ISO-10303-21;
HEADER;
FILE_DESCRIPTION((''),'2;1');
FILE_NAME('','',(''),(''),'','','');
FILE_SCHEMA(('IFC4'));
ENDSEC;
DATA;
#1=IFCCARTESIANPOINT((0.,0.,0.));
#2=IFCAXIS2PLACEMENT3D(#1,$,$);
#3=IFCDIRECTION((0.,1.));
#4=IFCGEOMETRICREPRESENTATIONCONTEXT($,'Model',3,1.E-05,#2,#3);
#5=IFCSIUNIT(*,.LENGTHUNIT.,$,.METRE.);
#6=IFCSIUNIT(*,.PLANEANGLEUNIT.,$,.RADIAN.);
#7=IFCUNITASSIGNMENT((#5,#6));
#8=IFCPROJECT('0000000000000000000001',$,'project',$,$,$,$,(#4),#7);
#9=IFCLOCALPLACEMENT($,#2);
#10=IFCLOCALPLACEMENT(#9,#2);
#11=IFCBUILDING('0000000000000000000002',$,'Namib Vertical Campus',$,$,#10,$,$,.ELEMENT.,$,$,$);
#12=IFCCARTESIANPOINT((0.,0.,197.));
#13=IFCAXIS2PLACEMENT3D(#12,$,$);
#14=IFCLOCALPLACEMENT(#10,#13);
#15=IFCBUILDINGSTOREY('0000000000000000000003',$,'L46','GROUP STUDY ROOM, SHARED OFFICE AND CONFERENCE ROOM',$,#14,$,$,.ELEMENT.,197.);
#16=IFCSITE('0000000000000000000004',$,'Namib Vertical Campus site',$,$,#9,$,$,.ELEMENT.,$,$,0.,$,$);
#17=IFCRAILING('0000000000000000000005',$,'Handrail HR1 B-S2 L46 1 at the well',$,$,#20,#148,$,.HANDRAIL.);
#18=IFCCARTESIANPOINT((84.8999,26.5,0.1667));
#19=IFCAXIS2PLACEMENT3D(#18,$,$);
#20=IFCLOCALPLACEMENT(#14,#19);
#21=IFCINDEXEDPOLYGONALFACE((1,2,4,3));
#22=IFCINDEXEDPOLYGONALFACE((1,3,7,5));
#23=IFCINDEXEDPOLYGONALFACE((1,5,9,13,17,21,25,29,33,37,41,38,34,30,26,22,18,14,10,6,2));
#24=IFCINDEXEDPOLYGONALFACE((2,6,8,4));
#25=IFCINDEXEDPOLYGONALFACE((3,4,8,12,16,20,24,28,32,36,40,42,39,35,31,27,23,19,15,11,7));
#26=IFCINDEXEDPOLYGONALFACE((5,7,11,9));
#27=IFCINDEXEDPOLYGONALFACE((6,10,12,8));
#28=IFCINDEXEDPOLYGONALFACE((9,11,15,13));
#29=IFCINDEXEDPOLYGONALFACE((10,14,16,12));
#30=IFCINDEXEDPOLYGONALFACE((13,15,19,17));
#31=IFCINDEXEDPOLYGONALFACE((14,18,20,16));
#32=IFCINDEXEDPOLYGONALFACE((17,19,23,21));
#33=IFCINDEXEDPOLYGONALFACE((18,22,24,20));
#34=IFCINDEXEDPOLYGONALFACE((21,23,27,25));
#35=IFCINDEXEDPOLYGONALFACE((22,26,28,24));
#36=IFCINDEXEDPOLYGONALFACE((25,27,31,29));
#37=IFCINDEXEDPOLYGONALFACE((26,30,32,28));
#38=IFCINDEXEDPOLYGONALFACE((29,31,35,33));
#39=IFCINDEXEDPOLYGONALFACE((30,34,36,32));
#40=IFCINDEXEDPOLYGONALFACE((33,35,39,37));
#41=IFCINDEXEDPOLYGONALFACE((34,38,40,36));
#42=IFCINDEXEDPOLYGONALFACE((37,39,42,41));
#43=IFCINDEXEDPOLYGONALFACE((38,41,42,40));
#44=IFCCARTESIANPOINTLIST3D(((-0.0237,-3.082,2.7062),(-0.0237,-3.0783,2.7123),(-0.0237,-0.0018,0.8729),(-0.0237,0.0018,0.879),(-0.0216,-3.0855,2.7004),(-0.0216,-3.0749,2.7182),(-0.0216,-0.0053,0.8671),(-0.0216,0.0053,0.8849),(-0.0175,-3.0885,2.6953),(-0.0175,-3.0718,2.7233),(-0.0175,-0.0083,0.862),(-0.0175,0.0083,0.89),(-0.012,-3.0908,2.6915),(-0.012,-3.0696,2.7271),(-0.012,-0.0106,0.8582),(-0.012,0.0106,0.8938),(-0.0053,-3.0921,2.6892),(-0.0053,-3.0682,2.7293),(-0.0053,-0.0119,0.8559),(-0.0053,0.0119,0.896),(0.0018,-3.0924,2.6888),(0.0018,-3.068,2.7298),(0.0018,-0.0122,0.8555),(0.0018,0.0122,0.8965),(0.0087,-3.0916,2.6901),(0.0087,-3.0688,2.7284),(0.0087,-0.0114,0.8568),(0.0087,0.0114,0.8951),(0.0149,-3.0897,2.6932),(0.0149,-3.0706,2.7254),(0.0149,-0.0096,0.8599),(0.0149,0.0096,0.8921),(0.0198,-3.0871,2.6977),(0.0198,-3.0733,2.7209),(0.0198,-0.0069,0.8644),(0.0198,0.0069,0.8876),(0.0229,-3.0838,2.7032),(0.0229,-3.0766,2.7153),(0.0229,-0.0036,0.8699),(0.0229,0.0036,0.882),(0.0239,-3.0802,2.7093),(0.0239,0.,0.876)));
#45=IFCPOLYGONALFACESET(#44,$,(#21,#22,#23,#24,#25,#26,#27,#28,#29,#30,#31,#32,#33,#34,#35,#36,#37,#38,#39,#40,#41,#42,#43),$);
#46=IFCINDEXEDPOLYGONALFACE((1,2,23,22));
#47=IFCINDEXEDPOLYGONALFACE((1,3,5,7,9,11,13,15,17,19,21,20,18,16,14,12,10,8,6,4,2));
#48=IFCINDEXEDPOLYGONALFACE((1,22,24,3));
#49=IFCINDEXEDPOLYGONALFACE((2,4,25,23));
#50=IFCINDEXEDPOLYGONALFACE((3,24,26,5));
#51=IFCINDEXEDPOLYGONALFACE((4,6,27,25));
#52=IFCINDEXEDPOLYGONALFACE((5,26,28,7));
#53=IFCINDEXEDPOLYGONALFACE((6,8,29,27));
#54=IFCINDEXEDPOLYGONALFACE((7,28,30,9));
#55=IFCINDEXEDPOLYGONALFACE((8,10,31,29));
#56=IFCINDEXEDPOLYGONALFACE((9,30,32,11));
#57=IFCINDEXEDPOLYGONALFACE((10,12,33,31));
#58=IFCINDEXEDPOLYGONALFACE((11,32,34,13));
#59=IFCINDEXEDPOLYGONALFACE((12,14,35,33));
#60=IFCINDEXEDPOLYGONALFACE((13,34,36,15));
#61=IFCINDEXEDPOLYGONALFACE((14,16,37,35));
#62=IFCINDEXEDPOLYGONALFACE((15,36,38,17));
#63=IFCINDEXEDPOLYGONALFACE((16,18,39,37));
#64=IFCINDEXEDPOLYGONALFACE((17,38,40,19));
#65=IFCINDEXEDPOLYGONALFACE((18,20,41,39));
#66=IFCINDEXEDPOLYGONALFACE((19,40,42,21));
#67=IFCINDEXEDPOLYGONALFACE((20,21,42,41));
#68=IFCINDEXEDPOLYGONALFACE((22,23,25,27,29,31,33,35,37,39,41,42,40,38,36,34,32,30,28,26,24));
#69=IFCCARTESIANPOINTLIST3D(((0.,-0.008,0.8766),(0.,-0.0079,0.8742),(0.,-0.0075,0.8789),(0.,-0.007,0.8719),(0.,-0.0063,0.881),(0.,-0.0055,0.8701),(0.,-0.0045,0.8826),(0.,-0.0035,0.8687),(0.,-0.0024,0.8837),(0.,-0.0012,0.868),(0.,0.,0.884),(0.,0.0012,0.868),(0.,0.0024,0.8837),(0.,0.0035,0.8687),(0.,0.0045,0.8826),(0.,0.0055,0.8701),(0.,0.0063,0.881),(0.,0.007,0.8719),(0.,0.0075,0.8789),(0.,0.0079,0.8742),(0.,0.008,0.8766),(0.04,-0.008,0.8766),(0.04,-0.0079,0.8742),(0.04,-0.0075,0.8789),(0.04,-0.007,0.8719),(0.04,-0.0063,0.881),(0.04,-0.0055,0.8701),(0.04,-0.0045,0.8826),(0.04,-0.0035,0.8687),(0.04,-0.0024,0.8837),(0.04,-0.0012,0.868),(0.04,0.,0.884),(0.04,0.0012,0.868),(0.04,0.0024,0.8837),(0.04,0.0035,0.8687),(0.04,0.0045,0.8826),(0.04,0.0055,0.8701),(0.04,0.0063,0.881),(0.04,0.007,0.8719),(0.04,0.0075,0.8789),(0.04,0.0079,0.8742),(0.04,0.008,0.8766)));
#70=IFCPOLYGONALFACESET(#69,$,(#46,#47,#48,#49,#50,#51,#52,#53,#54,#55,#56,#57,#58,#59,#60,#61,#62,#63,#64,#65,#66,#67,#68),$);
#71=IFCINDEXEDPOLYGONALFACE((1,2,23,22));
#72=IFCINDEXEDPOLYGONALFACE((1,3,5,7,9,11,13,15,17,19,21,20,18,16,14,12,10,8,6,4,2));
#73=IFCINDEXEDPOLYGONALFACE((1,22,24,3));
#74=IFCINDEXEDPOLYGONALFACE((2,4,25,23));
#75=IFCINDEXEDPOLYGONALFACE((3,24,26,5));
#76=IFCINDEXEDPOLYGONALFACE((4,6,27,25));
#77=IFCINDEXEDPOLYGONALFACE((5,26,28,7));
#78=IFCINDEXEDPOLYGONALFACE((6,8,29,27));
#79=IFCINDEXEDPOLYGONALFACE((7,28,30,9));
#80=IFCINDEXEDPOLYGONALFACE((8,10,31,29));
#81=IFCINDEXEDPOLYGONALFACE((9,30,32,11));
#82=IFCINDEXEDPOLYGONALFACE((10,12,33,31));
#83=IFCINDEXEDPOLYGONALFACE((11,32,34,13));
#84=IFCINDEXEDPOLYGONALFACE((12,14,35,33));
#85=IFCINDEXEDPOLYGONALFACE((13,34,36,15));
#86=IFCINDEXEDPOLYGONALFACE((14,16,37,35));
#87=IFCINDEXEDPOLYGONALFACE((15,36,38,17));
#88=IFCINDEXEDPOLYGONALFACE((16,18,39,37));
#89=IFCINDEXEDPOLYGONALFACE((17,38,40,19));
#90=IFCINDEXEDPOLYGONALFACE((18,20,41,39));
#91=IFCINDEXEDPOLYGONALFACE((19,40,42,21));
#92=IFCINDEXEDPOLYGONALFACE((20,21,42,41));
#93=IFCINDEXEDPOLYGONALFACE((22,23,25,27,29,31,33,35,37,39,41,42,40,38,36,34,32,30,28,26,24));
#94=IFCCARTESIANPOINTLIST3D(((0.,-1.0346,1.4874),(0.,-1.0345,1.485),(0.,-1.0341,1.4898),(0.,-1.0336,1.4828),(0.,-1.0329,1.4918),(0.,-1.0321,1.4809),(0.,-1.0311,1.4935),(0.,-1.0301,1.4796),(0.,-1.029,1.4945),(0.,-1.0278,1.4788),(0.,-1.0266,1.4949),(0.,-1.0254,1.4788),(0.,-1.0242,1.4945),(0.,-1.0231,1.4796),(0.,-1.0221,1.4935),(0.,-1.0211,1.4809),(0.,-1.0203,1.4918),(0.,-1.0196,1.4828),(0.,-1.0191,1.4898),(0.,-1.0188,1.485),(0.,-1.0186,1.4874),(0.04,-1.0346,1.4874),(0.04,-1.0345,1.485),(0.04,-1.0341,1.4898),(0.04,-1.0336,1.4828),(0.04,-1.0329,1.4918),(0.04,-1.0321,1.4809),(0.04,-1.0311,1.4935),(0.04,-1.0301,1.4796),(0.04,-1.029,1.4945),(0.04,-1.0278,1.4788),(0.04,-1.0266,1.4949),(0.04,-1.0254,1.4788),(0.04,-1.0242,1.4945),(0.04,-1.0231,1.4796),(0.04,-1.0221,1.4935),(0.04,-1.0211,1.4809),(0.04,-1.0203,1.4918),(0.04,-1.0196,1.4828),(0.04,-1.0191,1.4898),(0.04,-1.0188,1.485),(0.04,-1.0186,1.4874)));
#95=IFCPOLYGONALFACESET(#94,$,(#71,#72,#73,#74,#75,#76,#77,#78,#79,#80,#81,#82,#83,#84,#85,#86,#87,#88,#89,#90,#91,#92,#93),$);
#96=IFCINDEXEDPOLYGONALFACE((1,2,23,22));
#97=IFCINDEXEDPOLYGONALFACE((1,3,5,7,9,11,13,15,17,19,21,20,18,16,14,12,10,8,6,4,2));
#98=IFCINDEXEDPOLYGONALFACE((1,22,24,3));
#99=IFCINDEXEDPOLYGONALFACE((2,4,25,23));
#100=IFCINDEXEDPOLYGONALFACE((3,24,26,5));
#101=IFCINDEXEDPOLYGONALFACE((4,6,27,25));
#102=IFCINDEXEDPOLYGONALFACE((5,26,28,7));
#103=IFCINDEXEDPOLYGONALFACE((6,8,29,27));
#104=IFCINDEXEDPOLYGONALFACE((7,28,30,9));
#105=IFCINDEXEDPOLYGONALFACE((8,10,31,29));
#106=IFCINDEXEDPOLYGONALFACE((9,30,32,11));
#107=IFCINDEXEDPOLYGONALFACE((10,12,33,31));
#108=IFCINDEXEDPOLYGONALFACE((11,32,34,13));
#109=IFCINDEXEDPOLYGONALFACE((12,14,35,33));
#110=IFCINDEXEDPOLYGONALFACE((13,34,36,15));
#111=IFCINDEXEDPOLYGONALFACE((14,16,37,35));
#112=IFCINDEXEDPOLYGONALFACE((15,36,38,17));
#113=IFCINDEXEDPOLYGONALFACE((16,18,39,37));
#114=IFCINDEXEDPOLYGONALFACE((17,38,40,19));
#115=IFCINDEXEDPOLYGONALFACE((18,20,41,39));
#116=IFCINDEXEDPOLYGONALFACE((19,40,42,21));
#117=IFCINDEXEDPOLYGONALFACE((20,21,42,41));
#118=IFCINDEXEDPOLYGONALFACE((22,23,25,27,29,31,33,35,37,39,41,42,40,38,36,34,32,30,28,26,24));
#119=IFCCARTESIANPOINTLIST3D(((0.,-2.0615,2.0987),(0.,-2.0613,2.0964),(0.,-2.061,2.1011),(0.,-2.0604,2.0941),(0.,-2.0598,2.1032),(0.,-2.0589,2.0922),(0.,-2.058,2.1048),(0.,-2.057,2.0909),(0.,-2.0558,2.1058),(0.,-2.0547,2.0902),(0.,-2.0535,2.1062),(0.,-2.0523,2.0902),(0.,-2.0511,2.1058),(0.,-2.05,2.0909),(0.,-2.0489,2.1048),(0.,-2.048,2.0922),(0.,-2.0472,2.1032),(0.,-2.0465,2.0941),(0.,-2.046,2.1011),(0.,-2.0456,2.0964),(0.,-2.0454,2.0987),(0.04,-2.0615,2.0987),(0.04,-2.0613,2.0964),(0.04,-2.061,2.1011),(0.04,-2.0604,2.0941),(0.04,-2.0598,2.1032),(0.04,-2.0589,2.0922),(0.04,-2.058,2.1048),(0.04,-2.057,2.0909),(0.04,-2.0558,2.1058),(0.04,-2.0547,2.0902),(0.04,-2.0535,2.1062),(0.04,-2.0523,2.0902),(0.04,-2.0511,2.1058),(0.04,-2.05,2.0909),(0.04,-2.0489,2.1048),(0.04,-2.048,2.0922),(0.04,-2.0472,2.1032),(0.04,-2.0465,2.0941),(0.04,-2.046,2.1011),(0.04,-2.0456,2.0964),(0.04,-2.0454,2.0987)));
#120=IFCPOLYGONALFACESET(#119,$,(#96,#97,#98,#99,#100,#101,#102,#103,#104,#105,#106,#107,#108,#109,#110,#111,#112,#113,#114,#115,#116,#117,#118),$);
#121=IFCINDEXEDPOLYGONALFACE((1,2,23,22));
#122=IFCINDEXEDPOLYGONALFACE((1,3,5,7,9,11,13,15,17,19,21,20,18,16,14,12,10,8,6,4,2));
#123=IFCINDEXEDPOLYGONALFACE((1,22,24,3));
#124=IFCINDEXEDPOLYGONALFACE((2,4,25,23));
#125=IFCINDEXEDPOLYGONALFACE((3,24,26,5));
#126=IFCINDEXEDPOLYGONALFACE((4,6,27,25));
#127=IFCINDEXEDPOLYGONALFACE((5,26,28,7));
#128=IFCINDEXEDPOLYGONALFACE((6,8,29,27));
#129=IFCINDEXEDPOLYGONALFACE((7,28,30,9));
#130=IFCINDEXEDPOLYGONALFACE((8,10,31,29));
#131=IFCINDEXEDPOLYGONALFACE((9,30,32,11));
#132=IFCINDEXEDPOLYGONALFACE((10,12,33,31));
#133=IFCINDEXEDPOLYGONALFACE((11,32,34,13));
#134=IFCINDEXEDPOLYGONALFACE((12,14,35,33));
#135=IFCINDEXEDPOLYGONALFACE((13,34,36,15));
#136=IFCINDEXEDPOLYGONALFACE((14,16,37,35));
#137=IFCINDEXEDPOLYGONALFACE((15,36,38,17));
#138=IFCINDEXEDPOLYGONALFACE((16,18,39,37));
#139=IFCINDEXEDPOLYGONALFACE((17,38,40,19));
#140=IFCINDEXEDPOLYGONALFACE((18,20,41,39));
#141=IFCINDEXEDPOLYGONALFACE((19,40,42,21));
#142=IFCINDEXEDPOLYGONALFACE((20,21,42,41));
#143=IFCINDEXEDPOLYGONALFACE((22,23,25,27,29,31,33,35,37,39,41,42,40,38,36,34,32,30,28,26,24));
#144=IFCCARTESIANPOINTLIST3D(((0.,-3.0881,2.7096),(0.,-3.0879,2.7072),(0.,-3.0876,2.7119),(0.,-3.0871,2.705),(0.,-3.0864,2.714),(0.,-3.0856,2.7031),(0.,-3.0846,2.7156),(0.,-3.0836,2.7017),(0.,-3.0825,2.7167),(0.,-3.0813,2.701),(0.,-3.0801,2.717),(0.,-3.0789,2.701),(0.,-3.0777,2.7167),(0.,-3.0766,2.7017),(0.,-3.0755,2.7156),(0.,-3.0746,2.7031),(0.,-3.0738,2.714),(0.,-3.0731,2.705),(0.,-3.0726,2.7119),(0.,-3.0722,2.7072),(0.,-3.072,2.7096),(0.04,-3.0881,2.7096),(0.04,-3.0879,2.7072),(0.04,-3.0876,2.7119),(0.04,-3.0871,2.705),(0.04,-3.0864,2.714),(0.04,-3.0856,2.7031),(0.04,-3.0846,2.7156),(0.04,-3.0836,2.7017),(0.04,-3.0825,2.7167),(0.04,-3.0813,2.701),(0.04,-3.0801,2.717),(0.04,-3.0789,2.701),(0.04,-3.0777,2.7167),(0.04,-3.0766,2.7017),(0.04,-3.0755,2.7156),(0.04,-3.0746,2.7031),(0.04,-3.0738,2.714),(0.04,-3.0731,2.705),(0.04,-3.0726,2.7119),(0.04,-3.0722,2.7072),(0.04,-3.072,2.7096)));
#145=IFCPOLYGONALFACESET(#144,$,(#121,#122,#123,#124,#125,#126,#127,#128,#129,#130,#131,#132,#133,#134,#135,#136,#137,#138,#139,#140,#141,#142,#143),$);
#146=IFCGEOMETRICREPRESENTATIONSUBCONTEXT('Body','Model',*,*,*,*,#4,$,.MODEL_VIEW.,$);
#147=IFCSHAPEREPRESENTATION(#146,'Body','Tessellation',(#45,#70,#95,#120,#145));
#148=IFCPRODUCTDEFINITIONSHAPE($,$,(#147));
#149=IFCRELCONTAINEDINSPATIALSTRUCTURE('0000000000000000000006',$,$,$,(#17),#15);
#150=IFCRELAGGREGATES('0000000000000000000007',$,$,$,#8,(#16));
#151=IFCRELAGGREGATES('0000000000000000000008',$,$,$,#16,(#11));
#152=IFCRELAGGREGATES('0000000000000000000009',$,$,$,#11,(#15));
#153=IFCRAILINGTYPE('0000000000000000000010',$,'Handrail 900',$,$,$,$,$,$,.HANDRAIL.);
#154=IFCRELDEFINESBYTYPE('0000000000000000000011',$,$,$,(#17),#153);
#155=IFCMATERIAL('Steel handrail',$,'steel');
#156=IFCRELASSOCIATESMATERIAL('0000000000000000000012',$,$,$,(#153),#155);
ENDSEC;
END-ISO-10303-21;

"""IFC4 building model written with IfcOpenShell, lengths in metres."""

from ifc_helpers import new_model, si_unit, direction, frame, origin, origin_2d, place, context, subcontext, project, spatial, circle, extrude, material, type_object, element, save


model = new_model("IFC4")

# Units and contexts
model_context = context("Model", 3, precision=1e-05, world=origin(), true_north=direction((0.0, 1.0)))
body_context = subcontext(model_context, "Body", "Model", "MODEL_VIEW")
ifc_project = project(units=[si_unit("LENGTHUNIT", "METRE"), si_unit("PLANEANGLEUNIT", "RADIAN")], contexts=[model_context])

# Site, building, storey
site_placement = place(None, origin())
site = spatial("IfcSite", under=ifc_project, at=site_placement, Name="Namib Vertical Campus site", CompositionType="ELEMENT", RefElevation=0.0)
building_placement = place(site_placement, origin())
building = spatial("IfcBuilding", under=site, at=building_placement, Name="Namib Vertical Campus", CompositionType="ELEMENT")
storey_placement = place(building_placement, frame((0.0, 0.0, 197.0)))
storey = spatial("IfcBuildingStorey", under=building, at=storey_placement, Name="L46", Description="GROUP STUDY ROOM, SHARED OFFICE AND CONFERENCE ROOM", CompositionType="ELEMENT", Elevation=197.0)

# Railing
ifc_material_1 = material(Name="Steel handrail", Category="steel")
railing_type_1 = type_object("IfcRailingType", Name="Handrail 900", PredefinedType="HANDRAIL", material=ifc_material_1)
railing_1_placement = place(storey_placement, frame((84.8999, 26.5, 0.1667)))
element("IfcRailing", 1, at=railing_1_placement, inside=storey, type_object=railing_type_1, Name="Handrail HR1 B-S2 L46 1 at the well", PredefinedType="HANDRAIL", context=body_context, shape_type="SweptSolid", body=[
    extrude(circle(Radius=0.0239, at=origin_2d()), frame((0.0, 0.0, 0.876), z_axis=(0.0, -0.859309, 0.511458), x_axis=(1.0, 0.0, 0.0)), (0.0, 0.0, 1.0), 3.5845),
    extrude(circle(Radius=0.0081, at=origin_2d()), frame((0.0, 0.0, 0.876), z_axis=(1.0, 0.0, 0.0), x_axis=(0.0, 0.0, 1.0)), (0.0, 0.0, 1.0), 0.04),
    extrude(circle(Radius=0.0081, at=origin_2d()), frame((0.0, -1.0266, 1.4868), z_axis=(1.0, 0.0, 0.0), x_axis=(0.0, 0.0, 1.0)), (0.0, 0.0, 1.0), 0.04),
    extrude(circle(Radius=0.0081, at=origin_2d()), frame((0.0, -2.0535, 2.0981), z_axis=(1.0, 0.0, 0.0), x_axis=(0.0, 0.0, 1.0)), (0.0, 0.0, 1.0), 0.04),
    extrude(circle(Radius=0.0081, at=origin_2d()), frame((0.0, -3.0801, 2.709), z_axis=(1.0, 0.0, 0.0), x_axis=(0.0, 0.0, 1.0)), (0.0, 0.0, 1.0), 0.04),
])

save(model, "model.ifc")
